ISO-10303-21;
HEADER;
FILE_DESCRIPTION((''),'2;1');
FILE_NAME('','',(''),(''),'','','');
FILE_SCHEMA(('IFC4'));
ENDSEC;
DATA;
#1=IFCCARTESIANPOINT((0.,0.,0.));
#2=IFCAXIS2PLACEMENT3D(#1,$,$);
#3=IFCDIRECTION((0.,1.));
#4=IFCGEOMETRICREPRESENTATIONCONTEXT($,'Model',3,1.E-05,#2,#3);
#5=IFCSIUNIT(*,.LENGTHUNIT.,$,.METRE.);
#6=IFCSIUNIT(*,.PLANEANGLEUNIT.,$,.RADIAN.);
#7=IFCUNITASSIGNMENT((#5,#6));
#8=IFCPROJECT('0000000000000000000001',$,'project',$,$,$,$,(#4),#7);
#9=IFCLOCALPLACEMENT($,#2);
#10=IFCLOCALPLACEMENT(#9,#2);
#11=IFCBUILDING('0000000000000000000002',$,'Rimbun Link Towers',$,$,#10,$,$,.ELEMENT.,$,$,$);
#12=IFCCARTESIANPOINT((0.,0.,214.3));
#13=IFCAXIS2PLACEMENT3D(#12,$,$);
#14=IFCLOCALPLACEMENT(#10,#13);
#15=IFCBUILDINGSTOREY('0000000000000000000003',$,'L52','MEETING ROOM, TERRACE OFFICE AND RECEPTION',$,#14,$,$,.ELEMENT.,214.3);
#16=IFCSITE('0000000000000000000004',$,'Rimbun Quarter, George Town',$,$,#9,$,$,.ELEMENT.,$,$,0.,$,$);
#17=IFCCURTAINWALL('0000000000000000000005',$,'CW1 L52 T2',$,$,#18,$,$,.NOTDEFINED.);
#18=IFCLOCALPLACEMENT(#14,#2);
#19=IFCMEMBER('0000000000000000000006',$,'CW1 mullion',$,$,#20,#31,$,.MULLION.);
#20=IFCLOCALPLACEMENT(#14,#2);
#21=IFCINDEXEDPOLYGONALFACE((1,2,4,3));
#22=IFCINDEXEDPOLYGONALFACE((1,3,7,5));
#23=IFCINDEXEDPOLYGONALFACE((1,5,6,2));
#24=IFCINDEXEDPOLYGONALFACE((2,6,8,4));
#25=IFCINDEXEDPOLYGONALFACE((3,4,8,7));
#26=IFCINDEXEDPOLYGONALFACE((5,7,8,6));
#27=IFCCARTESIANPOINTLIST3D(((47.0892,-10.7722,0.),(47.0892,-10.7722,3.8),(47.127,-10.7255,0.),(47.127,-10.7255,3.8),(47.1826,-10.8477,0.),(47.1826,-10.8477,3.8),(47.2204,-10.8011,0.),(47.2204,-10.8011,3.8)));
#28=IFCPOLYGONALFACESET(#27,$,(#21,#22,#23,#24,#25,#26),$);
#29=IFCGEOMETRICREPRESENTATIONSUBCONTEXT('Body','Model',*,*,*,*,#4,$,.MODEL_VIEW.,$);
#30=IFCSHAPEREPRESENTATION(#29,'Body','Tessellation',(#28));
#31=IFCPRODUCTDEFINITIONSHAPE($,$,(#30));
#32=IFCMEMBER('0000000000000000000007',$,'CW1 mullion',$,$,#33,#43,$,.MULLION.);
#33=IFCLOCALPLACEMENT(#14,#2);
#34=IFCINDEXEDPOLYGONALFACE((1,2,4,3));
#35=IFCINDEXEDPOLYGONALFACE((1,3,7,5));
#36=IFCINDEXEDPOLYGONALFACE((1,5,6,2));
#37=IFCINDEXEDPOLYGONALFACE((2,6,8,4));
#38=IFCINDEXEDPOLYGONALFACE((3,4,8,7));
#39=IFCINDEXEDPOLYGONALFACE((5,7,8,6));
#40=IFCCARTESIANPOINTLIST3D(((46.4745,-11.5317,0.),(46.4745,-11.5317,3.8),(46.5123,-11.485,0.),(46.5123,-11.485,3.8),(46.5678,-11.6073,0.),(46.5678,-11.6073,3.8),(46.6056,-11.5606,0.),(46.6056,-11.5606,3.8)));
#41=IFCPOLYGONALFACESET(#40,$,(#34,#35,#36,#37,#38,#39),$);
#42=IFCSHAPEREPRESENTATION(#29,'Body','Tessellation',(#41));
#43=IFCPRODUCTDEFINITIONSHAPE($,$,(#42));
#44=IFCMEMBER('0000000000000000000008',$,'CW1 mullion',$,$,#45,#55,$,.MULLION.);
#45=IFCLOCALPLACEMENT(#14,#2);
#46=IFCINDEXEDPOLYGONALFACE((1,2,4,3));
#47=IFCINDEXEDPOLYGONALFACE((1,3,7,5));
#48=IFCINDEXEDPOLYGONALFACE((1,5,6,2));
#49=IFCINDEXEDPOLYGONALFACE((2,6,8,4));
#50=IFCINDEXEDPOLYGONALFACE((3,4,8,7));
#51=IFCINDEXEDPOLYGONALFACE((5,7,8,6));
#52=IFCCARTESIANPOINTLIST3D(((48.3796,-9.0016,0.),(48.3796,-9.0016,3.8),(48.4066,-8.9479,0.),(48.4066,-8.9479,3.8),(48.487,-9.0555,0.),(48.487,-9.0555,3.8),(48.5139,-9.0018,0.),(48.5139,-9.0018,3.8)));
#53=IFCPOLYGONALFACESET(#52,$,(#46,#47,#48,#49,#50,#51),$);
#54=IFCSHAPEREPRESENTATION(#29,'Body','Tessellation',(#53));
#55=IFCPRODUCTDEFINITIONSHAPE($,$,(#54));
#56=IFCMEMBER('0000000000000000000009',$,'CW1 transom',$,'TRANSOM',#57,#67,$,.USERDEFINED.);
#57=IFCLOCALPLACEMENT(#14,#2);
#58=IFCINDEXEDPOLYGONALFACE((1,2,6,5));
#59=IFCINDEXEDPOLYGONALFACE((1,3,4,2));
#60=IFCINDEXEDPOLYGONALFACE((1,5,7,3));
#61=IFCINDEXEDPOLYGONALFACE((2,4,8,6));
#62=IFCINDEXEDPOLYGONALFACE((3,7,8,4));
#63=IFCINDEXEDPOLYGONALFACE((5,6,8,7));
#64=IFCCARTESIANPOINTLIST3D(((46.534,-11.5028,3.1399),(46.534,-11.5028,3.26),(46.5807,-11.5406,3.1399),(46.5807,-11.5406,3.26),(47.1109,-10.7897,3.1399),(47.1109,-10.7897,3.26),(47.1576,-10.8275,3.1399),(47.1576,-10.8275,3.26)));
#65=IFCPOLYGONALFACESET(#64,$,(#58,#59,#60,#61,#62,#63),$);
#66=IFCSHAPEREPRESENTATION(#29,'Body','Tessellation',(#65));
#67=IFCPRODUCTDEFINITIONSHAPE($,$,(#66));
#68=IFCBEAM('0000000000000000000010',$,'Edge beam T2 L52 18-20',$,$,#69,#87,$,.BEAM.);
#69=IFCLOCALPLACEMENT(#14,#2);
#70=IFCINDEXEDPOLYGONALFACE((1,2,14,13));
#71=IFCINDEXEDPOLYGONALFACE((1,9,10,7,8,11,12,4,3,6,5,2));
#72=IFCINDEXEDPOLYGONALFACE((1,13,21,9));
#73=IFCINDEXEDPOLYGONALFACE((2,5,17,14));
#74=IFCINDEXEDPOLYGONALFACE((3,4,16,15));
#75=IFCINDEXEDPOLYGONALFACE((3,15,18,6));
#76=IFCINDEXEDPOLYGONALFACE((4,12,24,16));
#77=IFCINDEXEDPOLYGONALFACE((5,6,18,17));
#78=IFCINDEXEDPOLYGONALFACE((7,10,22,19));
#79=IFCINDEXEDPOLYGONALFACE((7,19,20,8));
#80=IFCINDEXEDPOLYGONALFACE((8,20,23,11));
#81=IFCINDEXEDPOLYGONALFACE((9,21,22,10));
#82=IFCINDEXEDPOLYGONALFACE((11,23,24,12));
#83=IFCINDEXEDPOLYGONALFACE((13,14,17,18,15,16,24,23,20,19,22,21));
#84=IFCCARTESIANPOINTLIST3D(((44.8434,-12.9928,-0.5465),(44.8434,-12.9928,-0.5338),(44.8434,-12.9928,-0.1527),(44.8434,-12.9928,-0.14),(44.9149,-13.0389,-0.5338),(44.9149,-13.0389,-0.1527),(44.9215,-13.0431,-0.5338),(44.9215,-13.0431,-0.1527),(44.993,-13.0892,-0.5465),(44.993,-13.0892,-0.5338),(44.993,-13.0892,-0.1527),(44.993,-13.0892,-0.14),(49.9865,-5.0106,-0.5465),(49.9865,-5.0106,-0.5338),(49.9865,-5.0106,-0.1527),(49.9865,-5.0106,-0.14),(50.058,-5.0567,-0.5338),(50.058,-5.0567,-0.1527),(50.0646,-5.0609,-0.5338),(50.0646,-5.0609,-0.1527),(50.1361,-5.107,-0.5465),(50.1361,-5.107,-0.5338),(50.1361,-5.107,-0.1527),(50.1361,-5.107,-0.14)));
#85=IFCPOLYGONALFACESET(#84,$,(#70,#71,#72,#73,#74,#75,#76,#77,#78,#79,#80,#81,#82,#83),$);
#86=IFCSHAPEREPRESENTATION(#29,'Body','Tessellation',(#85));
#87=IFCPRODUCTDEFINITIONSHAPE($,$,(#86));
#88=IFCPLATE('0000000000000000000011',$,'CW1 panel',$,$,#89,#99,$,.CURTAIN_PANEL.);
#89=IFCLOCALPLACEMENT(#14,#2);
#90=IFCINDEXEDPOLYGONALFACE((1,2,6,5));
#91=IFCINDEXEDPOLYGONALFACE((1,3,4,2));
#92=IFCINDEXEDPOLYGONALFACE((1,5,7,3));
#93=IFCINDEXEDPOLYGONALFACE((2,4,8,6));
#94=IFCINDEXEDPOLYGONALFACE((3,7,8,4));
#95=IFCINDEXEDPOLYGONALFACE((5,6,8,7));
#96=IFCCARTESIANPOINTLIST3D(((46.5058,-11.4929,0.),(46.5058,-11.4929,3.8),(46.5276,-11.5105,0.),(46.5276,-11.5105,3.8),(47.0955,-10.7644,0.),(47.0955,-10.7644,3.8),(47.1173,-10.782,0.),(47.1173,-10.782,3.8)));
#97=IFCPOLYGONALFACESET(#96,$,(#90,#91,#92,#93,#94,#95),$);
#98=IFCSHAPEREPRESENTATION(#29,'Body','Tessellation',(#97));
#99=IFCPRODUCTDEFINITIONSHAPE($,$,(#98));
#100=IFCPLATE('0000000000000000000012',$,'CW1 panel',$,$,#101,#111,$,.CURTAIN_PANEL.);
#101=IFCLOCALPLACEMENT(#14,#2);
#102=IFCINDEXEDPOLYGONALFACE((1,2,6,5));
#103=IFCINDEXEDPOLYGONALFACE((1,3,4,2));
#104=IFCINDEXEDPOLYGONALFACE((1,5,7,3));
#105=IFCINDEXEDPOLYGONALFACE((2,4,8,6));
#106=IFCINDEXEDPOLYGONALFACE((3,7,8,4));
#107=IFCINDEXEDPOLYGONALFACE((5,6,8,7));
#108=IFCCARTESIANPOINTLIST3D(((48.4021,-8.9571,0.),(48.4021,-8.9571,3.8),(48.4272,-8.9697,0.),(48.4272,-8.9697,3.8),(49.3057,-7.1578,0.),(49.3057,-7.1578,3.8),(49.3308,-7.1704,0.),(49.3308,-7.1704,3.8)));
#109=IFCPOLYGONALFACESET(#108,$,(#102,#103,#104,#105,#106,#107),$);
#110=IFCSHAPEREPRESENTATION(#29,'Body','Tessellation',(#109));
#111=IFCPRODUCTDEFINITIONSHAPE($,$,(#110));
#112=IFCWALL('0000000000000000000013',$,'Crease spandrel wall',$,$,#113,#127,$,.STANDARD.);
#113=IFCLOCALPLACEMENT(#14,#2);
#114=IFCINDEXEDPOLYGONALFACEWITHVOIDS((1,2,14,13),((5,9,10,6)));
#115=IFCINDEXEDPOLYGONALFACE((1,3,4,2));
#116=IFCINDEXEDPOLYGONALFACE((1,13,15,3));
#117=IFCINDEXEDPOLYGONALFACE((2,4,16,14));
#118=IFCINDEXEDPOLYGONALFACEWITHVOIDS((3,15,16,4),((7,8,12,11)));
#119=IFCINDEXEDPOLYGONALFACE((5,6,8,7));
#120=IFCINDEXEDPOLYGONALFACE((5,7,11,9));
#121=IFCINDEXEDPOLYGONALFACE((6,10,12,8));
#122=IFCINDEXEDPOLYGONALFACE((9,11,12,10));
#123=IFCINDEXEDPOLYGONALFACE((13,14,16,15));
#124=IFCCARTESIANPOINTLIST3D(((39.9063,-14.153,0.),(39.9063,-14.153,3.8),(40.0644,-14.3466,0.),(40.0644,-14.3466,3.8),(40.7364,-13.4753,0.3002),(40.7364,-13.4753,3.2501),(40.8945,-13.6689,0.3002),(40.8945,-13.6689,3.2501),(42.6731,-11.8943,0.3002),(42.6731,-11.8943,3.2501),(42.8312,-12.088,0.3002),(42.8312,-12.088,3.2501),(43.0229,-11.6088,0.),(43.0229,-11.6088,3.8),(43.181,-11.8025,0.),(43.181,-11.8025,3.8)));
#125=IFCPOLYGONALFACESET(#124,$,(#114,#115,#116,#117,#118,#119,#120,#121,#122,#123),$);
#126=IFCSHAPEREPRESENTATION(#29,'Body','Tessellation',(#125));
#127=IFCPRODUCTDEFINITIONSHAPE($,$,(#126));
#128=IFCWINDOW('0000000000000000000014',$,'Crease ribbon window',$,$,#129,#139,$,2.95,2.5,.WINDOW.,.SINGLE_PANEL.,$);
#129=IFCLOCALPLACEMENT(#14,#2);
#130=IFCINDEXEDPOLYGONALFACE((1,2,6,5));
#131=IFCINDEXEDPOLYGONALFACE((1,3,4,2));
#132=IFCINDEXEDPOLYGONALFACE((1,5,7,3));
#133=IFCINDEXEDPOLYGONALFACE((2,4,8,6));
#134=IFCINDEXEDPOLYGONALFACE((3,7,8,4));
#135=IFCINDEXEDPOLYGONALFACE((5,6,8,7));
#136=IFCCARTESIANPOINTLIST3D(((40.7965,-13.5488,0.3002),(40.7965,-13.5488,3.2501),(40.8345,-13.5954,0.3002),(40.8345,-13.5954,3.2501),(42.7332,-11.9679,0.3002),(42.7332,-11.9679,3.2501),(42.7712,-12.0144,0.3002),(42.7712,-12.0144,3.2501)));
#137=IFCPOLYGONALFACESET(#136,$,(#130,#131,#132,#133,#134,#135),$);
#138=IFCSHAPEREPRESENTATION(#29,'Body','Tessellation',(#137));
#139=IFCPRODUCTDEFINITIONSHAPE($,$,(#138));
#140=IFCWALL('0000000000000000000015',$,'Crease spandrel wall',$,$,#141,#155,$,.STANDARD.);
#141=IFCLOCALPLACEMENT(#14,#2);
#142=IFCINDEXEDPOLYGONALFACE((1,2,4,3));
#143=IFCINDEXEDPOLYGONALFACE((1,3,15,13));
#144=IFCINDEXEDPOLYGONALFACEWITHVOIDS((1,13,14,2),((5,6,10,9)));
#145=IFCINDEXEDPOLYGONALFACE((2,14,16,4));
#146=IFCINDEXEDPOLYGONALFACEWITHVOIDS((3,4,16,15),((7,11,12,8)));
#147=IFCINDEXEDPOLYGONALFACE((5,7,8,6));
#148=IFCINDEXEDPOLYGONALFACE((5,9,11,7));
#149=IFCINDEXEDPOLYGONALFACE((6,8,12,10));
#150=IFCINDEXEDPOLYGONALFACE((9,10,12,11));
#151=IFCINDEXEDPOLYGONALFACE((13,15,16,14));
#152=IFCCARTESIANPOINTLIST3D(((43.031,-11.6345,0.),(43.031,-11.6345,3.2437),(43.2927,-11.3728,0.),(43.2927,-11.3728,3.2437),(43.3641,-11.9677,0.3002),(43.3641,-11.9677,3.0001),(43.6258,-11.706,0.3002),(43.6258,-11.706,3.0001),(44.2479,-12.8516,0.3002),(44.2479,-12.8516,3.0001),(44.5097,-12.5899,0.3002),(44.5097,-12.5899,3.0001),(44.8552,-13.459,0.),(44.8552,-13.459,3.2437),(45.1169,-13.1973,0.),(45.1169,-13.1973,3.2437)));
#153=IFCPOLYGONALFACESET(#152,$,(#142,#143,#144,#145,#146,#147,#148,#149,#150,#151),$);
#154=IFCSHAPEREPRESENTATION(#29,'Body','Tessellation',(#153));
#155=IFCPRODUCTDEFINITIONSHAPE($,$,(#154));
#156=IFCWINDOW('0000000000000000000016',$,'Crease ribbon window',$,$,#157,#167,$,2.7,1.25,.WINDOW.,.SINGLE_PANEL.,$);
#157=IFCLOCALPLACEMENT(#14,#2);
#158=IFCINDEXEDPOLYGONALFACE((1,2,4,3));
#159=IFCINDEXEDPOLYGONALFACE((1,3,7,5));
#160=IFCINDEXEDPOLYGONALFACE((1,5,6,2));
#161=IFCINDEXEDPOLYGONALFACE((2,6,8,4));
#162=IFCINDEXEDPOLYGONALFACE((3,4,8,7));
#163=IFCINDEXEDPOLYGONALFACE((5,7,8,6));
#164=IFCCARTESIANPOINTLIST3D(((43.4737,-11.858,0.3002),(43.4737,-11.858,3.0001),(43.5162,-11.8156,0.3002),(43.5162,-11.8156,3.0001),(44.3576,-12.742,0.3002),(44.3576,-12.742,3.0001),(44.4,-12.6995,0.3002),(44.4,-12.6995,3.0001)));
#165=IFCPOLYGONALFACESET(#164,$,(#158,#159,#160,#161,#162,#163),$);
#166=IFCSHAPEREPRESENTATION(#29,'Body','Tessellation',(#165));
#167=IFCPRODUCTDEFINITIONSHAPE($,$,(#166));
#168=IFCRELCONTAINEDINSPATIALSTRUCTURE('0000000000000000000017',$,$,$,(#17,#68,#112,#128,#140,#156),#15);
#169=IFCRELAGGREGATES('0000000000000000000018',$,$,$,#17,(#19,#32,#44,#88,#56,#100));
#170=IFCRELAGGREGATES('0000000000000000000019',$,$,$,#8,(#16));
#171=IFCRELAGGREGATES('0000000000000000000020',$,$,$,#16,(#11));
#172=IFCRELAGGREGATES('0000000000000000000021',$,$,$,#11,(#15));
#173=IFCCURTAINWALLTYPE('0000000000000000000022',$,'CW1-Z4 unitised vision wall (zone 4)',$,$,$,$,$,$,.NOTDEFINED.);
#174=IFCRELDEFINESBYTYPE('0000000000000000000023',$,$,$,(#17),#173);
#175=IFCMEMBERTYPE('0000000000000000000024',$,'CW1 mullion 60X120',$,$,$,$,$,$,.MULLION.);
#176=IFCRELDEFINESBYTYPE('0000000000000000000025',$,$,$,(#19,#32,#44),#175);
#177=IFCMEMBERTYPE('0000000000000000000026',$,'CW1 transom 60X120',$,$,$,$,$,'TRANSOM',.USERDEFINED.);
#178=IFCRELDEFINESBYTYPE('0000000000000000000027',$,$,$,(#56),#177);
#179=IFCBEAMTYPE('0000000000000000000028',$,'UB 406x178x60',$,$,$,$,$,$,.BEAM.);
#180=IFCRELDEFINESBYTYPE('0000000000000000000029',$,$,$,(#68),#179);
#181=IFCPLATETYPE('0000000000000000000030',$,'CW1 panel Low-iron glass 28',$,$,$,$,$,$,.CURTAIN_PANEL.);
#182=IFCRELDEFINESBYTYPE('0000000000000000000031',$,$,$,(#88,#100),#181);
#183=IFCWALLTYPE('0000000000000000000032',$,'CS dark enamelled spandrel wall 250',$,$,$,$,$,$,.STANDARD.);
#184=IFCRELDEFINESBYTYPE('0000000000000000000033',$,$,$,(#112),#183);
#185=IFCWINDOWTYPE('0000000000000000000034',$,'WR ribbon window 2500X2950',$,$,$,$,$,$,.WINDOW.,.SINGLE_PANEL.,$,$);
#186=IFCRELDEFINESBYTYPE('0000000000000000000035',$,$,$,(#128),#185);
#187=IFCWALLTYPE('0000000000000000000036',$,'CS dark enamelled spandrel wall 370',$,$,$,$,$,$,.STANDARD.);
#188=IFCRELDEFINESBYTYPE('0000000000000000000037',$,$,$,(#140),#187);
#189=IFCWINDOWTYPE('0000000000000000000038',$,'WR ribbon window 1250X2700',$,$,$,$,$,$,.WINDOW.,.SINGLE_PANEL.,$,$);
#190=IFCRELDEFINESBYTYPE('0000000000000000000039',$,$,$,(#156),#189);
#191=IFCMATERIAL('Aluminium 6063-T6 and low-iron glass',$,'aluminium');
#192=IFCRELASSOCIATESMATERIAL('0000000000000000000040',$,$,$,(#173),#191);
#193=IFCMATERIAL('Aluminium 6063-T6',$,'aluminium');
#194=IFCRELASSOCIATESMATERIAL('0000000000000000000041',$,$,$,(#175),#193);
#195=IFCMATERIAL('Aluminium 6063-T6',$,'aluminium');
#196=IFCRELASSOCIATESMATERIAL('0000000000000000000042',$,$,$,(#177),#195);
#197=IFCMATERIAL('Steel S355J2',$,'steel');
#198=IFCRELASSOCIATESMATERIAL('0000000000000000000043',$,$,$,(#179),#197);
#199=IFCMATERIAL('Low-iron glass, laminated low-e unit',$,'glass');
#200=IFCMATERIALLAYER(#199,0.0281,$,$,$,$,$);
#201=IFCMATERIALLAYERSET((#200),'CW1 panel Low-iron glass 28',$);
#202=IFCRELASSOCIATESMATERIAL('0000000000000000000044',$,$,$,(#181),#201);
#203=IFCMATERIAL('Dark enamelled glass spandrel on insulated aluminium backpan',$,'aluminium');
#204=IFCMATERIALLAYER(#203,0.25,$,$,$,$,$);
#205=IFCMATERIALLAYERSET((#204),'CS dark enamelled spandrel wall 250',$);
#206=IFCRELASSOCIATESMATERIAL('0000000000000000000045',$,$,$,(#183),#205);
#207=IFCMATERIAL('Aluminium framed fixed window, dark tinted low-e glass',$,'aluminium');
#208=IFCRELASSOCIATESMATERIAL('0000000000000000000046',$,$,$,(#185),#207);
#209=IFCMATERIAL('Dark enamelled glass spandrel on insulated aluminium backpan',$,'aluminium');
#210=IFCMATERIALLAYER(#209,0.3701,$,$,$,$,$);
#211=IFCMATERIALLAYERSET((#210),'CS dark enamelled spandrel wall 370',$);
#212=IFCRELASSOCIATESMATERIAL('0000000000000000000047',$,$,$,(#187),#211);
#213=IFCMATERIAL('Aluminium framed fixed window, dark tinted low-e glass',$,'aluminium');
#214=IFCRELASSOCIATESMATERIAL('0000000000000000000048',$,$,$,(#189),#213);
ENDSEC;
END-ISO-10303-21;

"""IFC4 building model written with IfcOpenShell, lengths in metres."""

from ifc_helpers import new_model, si_unit, direction, frame, frame_2d, origin, origin_2d, place, context, subcontext, project, spatial, rectangle, i_section, extrude, material, layer, layer_set, material_profile, profile_set, type_object, element, fill, aggregate, save


model = new_model("IFC4")

# Units and contexts
model_context = context("Model", 3, precision=1e-05, world=origin(), true_north=direction((0.0, 1.0)))
body_context = subcontext(model_context, "Body", "Model", "MODEL_VIEW")
ifc_project = project(units=[si_unit("LENGTHUNIT", "METRE"), si_unit("PLANEANGLEUNIT", "RADIAN")], contexts=[model_context])

# Site, building, storey
site_placement = place(None, origin())
site = spatial("IfcSite", under=ifc_project, at=site_placement, Name="Rimbun Quarter, George Town", CompositionType="ELEMENT", RefElevation=0.0)
building_placement = place(site_placement, origin())
building = spatial("IfcBuilding", under=site, at=building_placement, Name="Rimbun Link Towers", CompositionType="ELEMENT")
storey_placement = place(building_placement, frame((0.0, 0.0, 214.3)))
storey = spatial("IfcBuildingStorey", under=building, at=storey_placement, Name="L52", Description="MEETING ROOM, TERRACE OFFICE AND RECEPTION", CompositionType="ELEMENT", Elevation=214.3)

# Curtain wall, members
ifc_material_1 = material(Name="Aluminium 6063-T6 and low-iron glass", Category="aluminium")
curtain_wall_type = type_object("IfcCurtainWallType", Name="CW1-Z4 unitised vision wall (zone 4)", PredefinedType="NOTDEFINED", material=ifc_material_1)
curtain_wall_placement = place(storey_placement, origin())
curtain_wall = element("IfcCurtainWall", 1, at=curtain_wall_placement, inside=storey, type_object=curtain_wall_type, Name="CW1 L52 T2", PredefinedType="NOTDEFINED")
ifc_material_2 = material(Name="Aluminium 6063-T6", Category="aluminium")
ifc_material_profile_1 = material_profile(ifc_material_2, rectangle(XDim=0.1201, YDim=0.0601, at=origin_2d()), Name="MULLION 60X120")
ifc_profile_set_1 = profile_set([ifc_material_profile_1], Name="Aluminium 6063-T6")
member_type_1 = type_object("IfcMemberType", Name="CW1 mullion 60X120", PredefinedType="MULLION", material=ifc_profile_set_1)
member_1_placement = place(storey_placement, frame((47.1548, -10.7866, 0.0), z_axis=(0.0, 0.0, 1.0), x_axis=(0.777266, -0.629172, 0.0)))
member_1 = element("IfcMember", 2, at=member_1_placement, type_object=member_type_1, Name="CW1 mullion", PredefinedType="MULLION", context=body_context, shape_type="SweptSolid", body=[
    extrude(rectangle(XDim=0.1201, YDim=0.0601, at=origin_2d()), origin(), (0.0, 0.0, 1.0), 3.8),
])
member_2_placement = place(storey_placement, frame((46.54, -11.5461, 0.0), z_axis=(0.0, 0.0, 1.0), x_axis=(0.777266, -0.629172, 0.0)))
member_2 = element("IfcMember", 3, at=member_2_placement, type_object=member_type_1, Name="CW1 mullion", PredefinedType="MULLION", context=body_context, shape_type="SweptSolid", body=[
    extrude(rectangle(XDim=0.1201, YDim=0.0601, at=origin_2d()), origin(), (0.0, 0.0, 1.0), 3.8),
])
member_3_placement = place(storey_placement, frame((48.4468, -9.0017, 0.0), z_axis=(0.0, 0.0, 1.0), x_axis=(0.89365, -0.448764, 0.0)))
member_3 = element("IfcMember", 4, at=member_3_placement, type_object=member_type_1, Name="CW1 mullion", PredefinedType="MULLION", context=body_context, shape_type="SweptSolid", body=[
    extrude(rectangle(XDim=0.1201, YDim=0.0601, at=origin_2d()), origin(), (0.0, 0.0, 1.0), 3.8),
])
ifc_material_3 = material(Name="Aluminium 6063-T6", Category="aluminium")
ifc_material_profile_2 = material_profile(ifc_material_3, rectangle(XDim=0.0601, YDim=0.1201, at=origin_2d()), Name="TRANSOM 60X120")
ifc_profile_set_2 = profile_set([ifc_material_profile_2], Name="Aluminium 6063-T6")
member_type_2 = type_object("IfcMemberType", Name="CW1 transom 60X120", ElementType="TRANSOM", PredefinedType="USERDEFINED", material=ifc_profile_set_2)
member_4_placement = place(storey_placement, frame((47.1343, -10.8086, 3.2), z_axis=(-0.628938, -0.777456, 0.0), x_axis=(0.777456, -0.628938, 0.0)))
member_4 = element("IfcMember", 5, at=member_4_placement, type_object=member_type_2, Name="CW1 transom", ObjectType="TRANSOM", PredefinedType="USERDEFINED", context=body_context, shape_type="SweptSolid", body=[
    extrude(rectangle(XDim=0.0601, YDim=0.1201, at=origin_2d()), origin(), (0.0, 0.0, 1.0), 0.9172),
])

# Beam
ifc_material_4 = material(Name="Steel S355J2", Category="steel")
ifc_material_profile_3 = material_profile(ifc_material_4, i_section(OverallWidth=0.178, OverallDepth=0.4065, WebThickness=0.0078, FlangeThickness=0.0127, at=origin_2d()), Name="UB 406x178x60")
ifc_profile_set_3 = profile_set([ifc_material_profile_3], Name="Steel S355J2")
beam_type = type_object("IfcBeamType", Name="UB 406x178x60", PredefinedType="BEAM", material=ifc_profile_set_3)
beam_placement = place(storey_placement, frame((44.9182, -13.041, -0.3433), z_axis=(0.541627, 0.840619, 0.0), x_axis=(-0.840619, 0.541627, 0.0)))
element("IfcBeam", 6, at=beam_placement, inside=storey, type_object=beam_type, Name="Edge beam T2 L52 18-20", PredefinedType="BEAM", context=body_context, shape_type="SweptSolid", body=[
    extrude(i_section(OverallWidth=0.178, OverallDepth=0.4065, WebThickness=0.0078, FlangeThickness=0.0127, at=origin_2d()), origin(), (0.0, 0.0, 1.0), 9.4956),
])

# Plates
ifc_material_5 = material(Name="Low-iron glass, laminated low-e unit", Category="glass")
ifc_layer_1 = layer(ifc_material_5, 0.0281)
ifc_layer_set_1 = layer_set([ifc_layer_1], Name="CW1 panel Low-iron glass 28")
plate_type = type_object("IfcPlateType", Name="CW1 panel Low-iron glass 28", PredefinedType="CURTAIN_PANEL", material=ifc_layer_set_1)
plate_1_placement = place(storey_placement, frame((46.8115, -11.1375, 0.0), z_axis=(0.0, 0.0, 1.0), x_axis=(-0.629172, -0.777266, 0.0)))
plate_1 = element("IfcPlate", 7, at=plate_1_placement, type_object=plate_type, Name="CW1 panel", PredefinedType="CURTAIN_PANEL", context=body_context, shape_type="SweptSolid", body=[
    extrude(rectangle(XDim=0.9373, YDim=0.0281, at=origin_2d()), origin(), (0.0, 0.0, 1.0), 3.8),
])
plate_2_placement = place(storey_placement, frame((48.8665, -8.0637, 0.0), z_axis=(0.0, 0.0, 1.0), x_axis=(-0.448764, -0.89365, 0.0)))
plate_2 = element("IfcPlate", 8, at=plate_2_placement, type_object=plate_type, Name="CW1 panel", PredefinedType="CURTAIN_PANEL", context=body_context, shape_type="SweptSolid", body=[
    extrude(rectangle(XDim=2.0134, YDim=0.0281, at=origin_2d()), origin(), (0.0, 0.0, 1.0), 3.8),
])
aggregate(curtain_wall, [member_1, member_2, member_3, plate_1, member_4, plate_2])

# Walls, openings, windows
ifc_material_6 = material(Name="Dark enamelled glass spandrel on insulated aluminium backpan", Category="aluminium")
ifc_layer_2 = layer(ifc_material_6, 0.25)
ifc_layer_set_2 = layer_set([ifc_layer_2], Name="CS dark enamelled spandrel wall 250")
wall_type_1 = type_object("IfcWallType", Name="CS dark enamelled spandrel wall 250", PredefinedType="STANDARD", material=ifc_layer_set_2)
wall_1_placement = place(storey_placement, frame((43.1021, -11.7056, 0.0), z_axis=(0.0, 0.0, 1.0), x_axis=(-0.774668, -0.632368, 0.0)))
wall_1 = element("IfcWall", 9, at=wall_1_placement, inside=storey, type_object=wall_type_1, Name="Crease spandrel wall", PredefinedType="STANDARD", context=body_context, shape_type="SweptSolid", body=[
    extrude(rectangle(XDim=4.0232, YDim=0.25, at=frame_2d((2.0117, 0.0))), origin(), (0.0, 0.0, 1.0), 3.8),
])
opening_1_placement = place(wall_1_placement, frame((0.4517, 0.0, 0.3)))
opening_1 = element("IfcOpeningElement", 10, at=opening_1_placement, cuts=wall_1, PredefinedType="OPENING", context=body_context, shape_type="SweptSolid", body=[
    extrude(rectangle(XDim=2.5, YDim=2.95, at=frame_2d((1.25, 1.4751))), frame((0.0, 0.135, 0.0), z_axis=(0.0, -1.0, 0.0), x_axis=(1.0, 0.0, 0.0)), (0.0, 0.0, 1.0), 0.27),
])
ifc_material_7 = material(Name="Aluminium framed fixed window, dark tinted low-e glass", Category="aluminium")
window_type_1 = type_object("IfcWindowType", Name="WR ribbon window 2500X2950", PartitioningType="SINGLE_PANEL", PredefinedType="WINDOW", material=ifc_material_7)
window_1_placement = place(opening_1_placement, origin())
window_1 = element("IfcWindow", 11, at=window_1_placement, inside=storey, type_object=window_type_1, Name="Crease ribbon window", OverallHeight=2.95, OverallWidth=2.5, PartitioningType="SINGLE_PANEL", PredefinedType="WINDOW", context=body_context, shape_type="SweptSolid", body=[
    extrude(rectangle(XDim=2.5, YDim=2.95, at=frame_2d((1.25, 1.4751))), frame((0.0, 0.03, 0.0), z_axis=(0.0, -1.0, 0.0), x_axis=(1.0, 0.0, 0.0)), (0.0, 0.0, 1.0), 0.0601),
])
fill(opening_1, window_1)
ifc_material_8 = material(Name="Dark enamelled glass spandrel on insulated aluminium backpan", Category="aluminium")
ifc_layer_3 = layer(ifc_material_8, 0.3701)
ifc_layer_set_3 = layer_set([ifc_layer_3], Name="CS dark enamelled spandrel wall 370")
wall_type_2 = type_object("IfcWallType", Name="CS dark enamelled spandrel wall 370", PredefinedType="STANDARD", material=ifc_layer_set_3)
wall_2_placement = place(storey_placement, frame((44.9861, -13.3281, 0.0), z_axis=(0.0, 0.0, 1.0), x_axis=(-0.707059, 0.707154, 0.0)))
wall_2 = element("IfcWall", 12, at=wall_2_placement, inside=storey, type_object=wall_type_2, Name="Crease spandrel wall", PredefinedType="STANDARD", context=body_context, shape_type="SweptSolid", body=[
    extrude(rectangle(XDim=2.5801, YDim=0.3701, at=frame_2d((1.29, 0.0))), origin(), (0.0, 0.0, 1.0), 3.2437),
])
opening_2_placement = place(wall_2_placement, frame((0.8589, 0.0, 0.3)))
opening_2 = element("IfcOpeningElement", 13, at=opening_2_placement, cuts=wall_2, PredefinedType="OPENING", context=body_context, shape_type="SweptSolid", body=[
    extrude(rectangle(XDim=1.25, YDim=2.7, at=frame_2d((0.625, 1.3501))), frame((0.0, 0.1951, 0.0), z_axis=(0.0, -1.0, 0.0), x_axis=(1.0, 0.0, 0.0)), (0.0, 0.0, 1.0), 0.3901),
])
ifc_material_9 = material(Name="Aluminium framed fixed window, dark tinted low-e glass", Category="aluminium")
window_type_2 = type_object("IfcWindowType", Name="WR ribbon window 1250X2700", PartitioningType="SINGLE_PANEL", PredefinedType="WINDOW", material=ifc_material_9)
window_2_placement = place(opening_2_placement, origin())
window_2 = element("IfcWindow", 14, at=window_2_placement, inside=storey, type_object=window_type_2, Name="Crease ribbon window", OverallHeight=2.7, OverallWidth=1.25, PartitioningType="SINGLE_PANEL", PredefinedType="WINDOW", context=body_context, shape_type="SweptSolid", body=[
    extrude(rectangle(XDim=1.25, YDim=2.7, at=frame_2d((0.625, 1.3501))), frame((0.0, 0.03, 0.0), z_axis=(0.0, -1.0, 0.0), x_axis=(1.0, 0.0, 0.0)), (0.0, 0.0, 1.0), 0.0601),
])
fill(opening_2, window_2)

save(model, "model.ifc")
